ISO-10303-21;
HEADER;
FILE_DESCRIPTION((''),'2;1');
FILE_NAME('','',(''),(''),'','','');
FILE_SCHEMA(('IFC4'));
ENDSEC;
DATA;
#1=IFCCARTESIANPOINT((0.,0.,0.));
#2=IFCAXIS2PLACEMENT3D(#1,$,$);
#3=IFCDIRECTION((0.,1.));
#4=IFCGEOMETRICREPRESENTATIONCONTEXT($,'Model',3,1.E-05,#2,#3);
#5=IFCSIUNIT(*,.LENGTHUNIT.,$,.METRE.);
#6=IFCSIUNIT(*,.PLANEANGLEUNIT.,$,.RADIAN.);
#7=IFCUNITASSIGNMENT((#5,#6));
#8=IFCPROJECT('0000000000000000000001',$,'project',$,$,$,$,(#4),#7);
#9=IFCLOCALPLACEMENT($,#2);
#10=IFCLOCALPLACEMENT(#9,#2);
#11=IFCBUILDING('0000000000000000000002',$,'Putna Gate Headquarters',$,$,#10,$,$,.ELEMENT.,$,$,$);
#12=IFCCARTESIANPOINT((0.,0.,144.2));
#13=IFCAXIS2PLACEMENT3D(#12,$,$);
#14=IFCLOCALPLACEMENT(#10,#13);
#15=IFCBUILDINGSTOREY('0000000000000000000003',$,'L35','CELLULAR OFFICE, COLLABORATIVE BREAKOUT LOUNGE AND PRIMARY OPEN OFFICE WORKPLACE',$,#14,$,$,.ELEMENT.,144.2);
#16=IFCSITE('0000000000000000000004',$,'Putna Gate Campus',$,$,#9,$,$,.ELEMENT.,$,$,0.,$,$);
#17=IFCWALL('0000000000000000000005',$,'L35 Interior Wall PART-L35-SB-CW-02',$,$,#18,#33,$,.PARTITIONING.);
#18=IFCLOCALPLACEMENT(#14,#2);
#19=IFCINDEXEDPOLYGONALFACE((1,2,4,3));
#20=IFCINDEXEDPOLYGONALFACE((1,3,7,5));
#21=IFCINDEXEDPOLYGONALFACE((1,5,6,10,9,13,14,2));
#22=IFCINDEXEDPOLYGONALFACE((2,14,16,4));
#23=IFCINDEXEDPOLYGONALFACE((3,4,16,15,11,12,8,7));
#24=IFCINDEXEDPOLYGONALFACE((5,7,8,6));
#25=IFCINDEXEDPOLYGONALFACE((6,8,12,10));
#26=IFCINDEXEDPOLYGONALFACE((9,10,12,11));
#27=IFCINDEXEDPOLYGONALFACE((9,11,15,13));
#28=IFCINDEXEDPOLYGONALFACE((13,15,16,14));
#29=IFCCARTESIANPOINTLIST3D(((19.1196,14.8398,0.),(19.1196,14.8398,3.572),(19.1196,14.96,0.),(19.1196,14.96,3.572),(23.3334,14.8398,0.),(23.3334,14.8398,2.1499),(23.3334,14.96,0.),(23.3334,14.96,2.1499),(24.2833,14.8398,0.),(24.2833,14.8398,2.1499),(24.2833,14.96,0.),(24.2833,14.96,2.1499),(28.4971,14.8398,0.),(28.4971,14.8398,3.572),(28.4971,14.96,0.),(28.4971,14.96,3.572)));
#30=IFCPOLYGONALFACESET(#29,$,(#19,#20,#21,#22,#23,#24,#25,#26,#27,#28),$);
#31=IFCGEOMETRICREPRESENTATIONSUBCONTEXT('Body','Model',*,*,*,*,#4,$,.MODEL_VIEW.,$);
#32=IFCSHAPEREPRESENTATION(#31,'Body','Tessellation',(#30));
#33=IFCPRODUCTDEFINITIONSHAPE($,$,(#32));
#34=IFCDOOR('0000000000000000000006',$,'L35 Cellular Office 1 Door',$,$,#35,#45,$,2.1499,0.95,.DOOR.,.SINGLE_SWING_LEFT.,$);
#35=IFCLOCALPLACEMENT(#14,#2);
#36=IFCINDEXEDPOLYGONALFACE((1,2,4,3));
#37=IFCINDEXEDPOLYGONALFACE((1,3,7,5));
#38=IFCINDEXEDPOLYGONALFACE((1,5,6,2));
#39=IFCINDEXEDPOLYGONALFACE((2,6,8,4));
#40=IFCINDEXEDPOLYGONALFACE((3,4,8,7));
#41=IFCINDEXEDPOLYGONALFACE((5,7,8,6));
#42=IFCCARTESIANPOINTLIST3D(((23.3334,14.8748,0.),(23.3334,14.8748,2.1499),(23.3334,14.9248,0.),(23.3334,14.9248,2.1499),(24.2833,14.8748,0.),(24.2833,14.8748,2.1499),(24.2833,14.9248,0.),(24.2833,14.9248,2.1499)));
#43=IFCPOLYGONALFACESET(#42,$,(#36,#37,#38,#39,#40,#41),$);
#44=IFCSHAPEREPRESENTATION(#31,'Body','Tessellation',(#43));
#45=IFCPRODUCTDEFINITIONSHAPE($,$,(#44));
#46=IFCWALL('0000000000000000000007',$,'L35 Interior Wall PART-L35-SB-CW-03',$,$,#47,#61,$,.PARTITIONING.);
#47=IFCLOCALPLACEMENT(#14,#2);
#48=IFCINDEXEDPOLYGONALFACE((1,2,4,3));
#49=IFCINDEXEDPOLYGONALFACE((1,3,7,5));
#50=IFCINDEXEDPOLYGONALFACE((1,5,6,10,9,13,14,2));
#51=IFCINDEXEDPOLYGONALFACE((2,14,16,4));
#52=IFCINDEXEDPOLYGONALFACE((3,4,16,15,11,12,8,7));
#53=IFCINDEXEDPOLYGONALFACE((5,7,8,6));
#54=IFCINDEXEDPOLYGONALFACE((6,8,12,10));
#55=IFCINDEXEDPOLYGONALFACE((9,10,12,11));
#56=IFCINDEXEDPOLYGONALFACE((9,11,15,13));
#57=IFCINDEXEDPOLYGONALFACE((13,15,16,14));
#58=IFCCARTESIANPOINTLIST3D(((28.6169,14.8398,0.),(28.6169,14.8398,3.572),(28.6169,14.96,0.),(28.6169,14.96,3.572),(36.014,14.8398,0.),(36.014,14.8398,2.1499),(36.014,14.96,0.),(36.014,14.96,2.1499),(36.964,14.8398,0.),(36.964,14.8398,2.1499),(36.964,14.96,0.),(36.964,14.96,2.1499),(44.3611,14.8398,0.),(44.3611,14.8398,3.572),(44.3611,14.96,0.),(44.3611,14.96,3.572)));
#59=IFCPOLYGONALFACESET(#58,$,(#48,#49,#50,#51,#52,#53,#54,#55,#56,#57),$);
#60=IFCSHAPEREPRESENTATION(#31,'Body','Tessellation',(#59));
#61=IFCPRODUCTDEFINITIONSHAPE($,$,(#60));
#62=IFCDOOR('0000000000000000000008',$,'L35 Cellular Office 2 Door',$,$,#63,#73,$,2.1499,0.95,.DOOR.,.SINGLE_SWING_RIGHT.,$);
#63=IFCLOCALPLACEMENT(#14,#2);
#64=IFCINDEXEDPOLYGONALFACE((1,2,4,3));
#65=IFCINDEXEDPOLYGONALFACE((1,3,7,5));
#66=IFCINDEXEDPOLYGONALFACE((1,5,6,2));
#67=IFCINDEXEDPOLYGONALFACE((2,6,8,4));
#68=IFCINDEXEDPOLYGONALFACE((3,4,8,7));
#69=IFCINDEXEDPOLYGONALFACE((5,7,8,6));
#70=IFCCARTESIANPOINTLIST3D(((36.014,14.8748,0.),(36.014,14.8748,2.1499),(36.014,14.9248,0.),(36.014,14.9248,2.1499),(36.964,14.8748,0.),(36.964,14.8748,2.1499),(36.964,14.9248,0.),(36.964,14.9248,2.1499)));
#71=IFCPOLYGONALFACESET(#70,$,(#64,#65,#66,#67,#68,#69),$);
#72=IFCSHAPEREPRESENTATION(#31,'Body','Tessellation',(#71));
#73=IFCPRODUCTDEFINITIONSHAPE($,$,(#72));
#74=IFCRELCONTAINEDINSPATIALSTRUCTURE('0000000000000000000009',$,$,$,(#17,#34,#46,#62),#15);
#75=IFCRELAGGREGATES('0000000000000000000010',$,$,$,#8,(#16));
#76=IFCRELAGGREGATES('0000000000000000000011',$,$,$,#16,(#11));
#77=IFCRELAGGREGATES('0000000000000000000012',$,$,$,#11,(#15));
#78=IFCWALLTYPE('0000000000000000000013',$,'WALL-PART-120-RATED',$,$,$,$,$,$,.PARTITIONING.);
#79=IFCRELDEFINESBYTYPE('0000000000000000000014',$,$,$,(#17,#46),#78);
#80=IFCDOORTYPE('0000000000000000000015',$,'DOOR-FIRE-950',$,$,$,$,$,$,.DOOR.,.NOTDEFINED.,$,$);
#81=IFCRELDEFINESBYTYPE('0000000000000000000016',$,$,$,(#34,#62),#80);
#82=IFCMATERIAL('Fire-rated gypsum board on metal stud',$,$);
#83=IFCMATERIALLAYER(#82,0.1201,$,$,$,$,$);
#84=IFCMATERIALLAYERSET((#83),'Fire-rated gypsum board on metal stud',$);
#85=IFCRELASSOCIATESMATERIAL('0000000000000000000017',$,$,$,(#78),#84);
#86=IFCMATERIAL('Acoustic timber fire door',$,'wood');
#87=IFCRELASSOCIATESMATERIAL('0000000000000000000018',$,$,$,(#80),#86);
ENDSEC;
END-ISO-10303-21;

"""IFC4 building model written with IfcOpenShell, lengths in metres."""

from ifc_helpers import new_model, si_unit, direction, frame, frame_2d, origin, place, context, subcontext, project, spatial, rectangle, extrude, material, layer, layer_set, type_object, element, fill, save


model = new_model("IFC4")

# Units and contexts
model_context = context("Model", 3, precision=1e-05, world=origin(), true_north=direction((0.0, 1.0)))
body_context = subcontext(model_context, "Body", "Model", "MODEL_VIEW")
ifc_project = project(units=[si_unit("LENGTHUNIT", "METRE"), si_unit("PLANEANGLEUNIT", "RADIAN")], contexts=[model_context])

# Site, building, storey
site_placement = place(None, origin())
site = spatial("IfcSite", under=ifc_project, at=site_placement, Name="Putna Gate Campus", CompositionType="ELEMENT", RefElevation=0.0)
building_placement = place(site_placement, origin())
building = spatial("IfcBuilding", under=site, at=building_placement, Name="Putna Gate Headquarters", CompositionType="ELEMENT")
storey_placement = place(building_placement, frame((0.0, 0.0, 144.2)))
storey = spatial("IfcBuildingStorey", under=building, at=storey_placement, Name="L35", Description="CELLULAR OFFICE, COLLABORATIVE BREAKOUT LOUNGE AND PRIMARY OPEN OFFICE WORKPLACE", CompositionType="ELEMENT", Elevation=144.2)

# Walls, openings, doors
ifc_material_1 = material(Name="Fire-rated gypsum board on metal stud")
ifc_layer_1 = layer(ifc_material_1, 0.1201)
ifc_layer_set_1 = layer_set([ifc_layer_1], Name="Fire-rated gypsum board on metal stud")
wall_type_1 = type_object("IfcWallType", Name="WALL-PART-120-RATED", PredefinedType="PARTITIONING", material=ifc_layer_set_1)
wall_1_placement = place(storey_placement, frame((19.1196, 14.8999, 0.0), z_axis=(0.0, 0.0, 1.0), x_axis=(1.0, 0.0, 0.0)))
wall_1 = element("IfcWall", 1, at=wall_1_placement, inside=storey, type_object=wall_type_1, Name="L35 Interior Wall PART-L35-SB-CW-02", PredefinedType="PARTITIONING", context=body_context, shape_type="SweptSolid", body=[
    extrude(rectangle(XDim=9.3774, YDim=0.1201, at=frame_2d((4.6887, 0.0))), origin(), (0.0, 0.0, 1.0), 3.572),
])
opening_1_placement = place(wall_1_placement, frame((4.2136, 0.0, 0.0)))
opening_1 = element("IfcOpeningElement", 2, at=opening_1_placement, cuts=wall_1, PredefinedType="OPENING", context=body_context, shape_type="SweptSolid", body=[
    extrude(rectangle(XDim=0.95, YDim=2.1499, at=frame_2d((0.4751, 1.075))), frame((0.0, 0.0701, 0.0), z_axis=(0.0, -1.0, 0.0), x_axis=(1.0, 0.0, 0.0)), (0.0, 0.0, 1.0), 0.1401),
])
ifc_material_2 = material(Name="Acoustic timber fire door", Category="wood")
door_type_1 = type_object("IfcDoorType", Name="DOOR-FIRE-950", OperationType="NOTDEFINED", PredefinedType="DOOR", material=ifc_material_2)
door_1_placement = place(opening_1_placement, origin())
door_1 = element("IfcDoor", 3, at=door_1_placement, inside=storey, type_object=door_type_1, Name="L35 Cellular Office 1 Door", OperationType="SINGLE_SWING_LEFT", OverallHeight=2.1499, OverallWidth=0.95, PredefinedType="DOOR", context=body_context, shape_type="SweptSolid", body=[
    extrude(rectangle(XDim=0.95, YDim=2.1499, at=frame_2d((0.4751, 1.075))), frame((0.0, 0.0249, 0.0), z_axis=(0.0, -1.0, 0.0), x_axis=(1.0, 0.0, 0.0)), (0.0, 0.0, 1.0), 0.05),
])
fill(opening_1, door_1)
wall_2_placement = place(storey_placement, frame((28.6169, 14.8999, 0.0), z_axis=(0.0, 0.0, 1.0), x_axis=(1.0, 0.0, 0.0)))
wall_2 = element("IfcWall", 4, at=wall_2_placement, inside=storey, type_object=wall_type_1, Name="L35 Interior Wall PART-L35-SB-CW-03", PredefinedType="PARTITIONING", context=body_context, shape_type="SweptSolid", body=[
    extrude(rectangle(XDim=15.7441, YDim=0.1201, at=frame_2d((7.8721, 0.0))), origin(), (0.0, 0.0, 1.0), 3.572),
])
opening_2_placement = place(wall_2_placement, frame((7.397, 0.0, 0.0)))
opening_2 = element("IfcOpeningElement", 5, at=opening_2_placement, cuts=wall_2, PredefinedType="OPENING", context=body_context, shape_type="SweptSolid", body=[
    extrude(rectangle(XDim=0.95, YDim=2.1499, at=frame_2d((0.4751, 1.075))), frame((0.0, 0.0701, 0.0), z_axis=(0.0, -1.0, 0.0), x_axis=(1.0, 0.0, 0.0)), (0.0, 0.0, 1.0), 0.1401),
])
door_2_placement = place(opening_2_placement, origin())
door_2 = element("IfcDoor", 6, at=door_2_placement, inside=storey, type_object=door_type_1, Name="L35 Cellular Office 2 Door", OperationType="SINGLE_SWING_RIGHT", OverallHeight=2.1499, OverallWidth=0.95, PredefinedType="DOOR", context=body_context, shape_type="SweptSolid", body=[
    extrude(rectangle(XDim=0.95, YDim=2.1499, at=frame_2d((0.4751, 1.075))), frame((0.0, 0.0249, 0.0), z_axis=(0.0, -1.0, 0.0), x_axis=(1.0, 0.0, 0.0)), (0.0, 0.0, 1.0), 0.05),
])
fill(opening_2, door_2)

save(model, "model.ifc")
